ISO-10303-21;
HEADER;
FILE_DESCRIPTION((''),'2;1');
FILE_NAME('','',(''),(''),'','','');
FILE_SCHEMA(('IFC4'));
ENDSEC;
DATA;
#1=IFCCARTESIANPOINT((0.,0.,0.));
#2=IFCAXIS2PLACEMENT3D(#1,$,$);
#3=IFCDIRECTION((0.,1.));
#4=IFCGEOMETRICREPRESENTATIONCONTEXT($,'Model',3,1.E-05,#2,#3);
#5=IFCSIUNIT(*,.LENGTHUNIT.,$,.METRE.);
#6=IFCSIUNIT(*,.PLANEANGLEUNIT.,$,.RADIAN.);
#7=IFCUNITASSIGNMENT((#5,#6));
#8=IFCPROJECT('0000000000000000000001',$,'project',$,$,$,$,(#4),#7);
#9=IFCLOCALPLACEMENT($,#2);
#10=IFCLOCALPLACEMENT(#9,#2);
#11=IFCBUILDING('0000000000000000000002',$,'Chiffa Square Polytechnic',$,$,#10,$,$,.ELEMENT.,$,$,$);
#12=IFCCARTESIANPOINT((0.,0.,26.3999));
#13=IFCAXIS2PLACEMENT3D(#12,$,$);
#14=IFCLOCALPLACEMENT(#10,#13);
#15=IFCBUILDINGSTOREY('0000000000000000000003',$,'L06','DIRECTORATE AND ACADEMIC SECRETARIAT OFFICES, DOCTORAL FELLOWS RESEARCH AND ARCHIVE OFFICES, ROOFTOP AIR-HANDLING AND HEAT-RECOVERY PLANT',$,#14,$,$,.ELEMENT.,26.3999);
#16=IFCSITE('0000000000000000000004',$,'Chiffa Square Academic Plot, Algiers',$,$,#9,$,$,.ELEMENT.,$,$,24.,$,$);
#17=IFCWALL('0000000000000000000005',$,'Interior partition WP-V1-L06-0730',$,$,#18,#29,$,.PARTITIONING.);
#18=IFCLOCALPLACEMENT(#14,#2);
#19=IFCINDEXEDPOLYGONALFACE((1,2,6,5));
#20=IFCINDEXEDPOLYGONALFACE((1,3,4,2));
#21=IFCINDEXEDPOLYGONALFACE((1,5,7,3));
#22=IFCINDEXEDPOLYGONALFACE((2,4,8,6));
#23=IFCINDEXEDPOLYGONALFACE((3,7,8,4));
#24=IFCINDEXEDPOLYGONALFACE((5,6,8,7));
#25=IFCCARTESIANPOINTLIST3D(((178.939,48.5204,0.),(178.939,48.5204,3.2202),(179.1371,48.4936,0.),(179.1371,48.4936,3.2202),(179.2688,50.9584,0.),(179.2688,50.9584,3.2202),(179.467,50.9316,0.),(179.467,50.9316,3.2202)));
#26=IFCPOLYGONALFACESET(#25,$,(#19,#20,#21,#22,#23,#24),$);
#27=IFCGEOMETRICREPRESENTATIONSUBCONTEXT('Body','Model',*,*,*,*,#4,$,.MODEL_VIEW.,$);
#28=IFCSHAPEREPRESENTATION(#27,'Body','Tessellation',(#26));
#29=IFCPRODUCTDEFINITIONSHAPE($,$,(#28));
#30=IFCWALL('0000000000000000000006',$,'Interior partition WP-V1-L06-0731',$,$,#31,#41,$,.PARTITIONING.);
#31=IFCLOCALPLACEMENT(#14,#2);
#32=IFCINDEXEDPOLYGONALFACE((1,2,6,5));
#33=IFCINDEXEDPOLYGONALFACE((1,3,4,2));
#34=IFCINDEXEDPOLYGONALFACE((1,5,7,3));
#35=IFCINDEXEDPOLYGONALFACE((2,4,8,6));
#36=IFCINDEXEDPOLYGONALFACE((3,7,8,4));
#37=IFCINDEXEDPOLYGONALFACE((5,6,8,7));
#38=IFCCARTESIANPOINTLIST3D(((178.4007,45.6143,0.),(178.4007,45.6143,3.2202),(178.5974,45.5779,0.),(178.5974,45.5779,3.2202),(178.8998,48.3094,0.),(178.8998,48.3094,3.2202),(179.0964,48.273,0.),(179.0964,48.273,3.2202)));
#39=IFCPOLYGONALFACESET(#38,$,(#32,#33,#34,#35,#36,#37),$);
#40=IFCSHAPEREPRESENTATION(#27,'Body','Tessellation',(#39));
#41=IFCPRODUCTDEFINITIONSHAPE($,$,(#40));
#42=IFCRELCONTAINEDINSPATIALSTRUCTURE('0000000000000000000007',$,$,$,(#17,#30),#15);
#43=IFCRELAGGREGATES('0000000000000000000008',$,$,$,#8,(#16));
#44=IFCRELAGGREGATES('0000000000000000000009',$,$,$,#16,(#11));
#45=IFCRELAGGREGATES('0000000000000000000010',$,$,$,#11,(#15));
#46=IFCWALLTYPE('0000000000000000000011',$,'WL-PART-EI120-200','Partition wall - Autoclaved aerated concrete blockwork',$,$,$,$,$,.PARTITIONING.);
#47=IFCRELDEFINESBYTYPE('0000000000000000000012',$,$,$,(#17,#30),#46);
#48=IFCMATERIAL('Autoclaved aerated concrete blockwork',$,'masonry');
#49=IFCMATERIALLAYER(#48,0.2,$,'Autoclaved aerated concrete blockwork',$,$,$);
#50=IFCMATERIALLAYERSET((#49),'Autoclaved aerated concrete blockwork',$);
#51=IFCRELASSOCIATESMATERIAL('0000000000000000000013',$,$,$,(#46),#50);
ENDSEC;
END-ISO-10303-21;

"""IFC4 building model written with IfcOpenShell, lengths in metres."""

from ifc_helpers import new_model, si_unit, direction, frame, frame_2d, origin, place, context, subcontext, project, spatial, rectangle, extrude, material, layer, layer_set, type_object, element, save


model = new_model("IFC4")

# Units and contexts
model_context = context("Model", 3, precision=1e-05, world=origin(), true_north=direction((0.0, 1.0)))
body_context = subcontext(model_context, "Body", "Model", "MODEL_VIEW")
ifc_project = project(units=[si_unit("LENGTHUNIT", "METRE"), si_unit("PLANEANGLEUNIT", "RADIAN")], contexts=[model_context])

# Site, building, storey
site_placement = place(None, origin())
site = spatial("IfcSite", under=ifc_project, at=site_placement, Name="Chiffa Square Academic Plot, Algiers", CompositionType="ELEMENT", RefElevation=24.0)
building_placement = place(site_placement, origin())
building = spatial("IfcBuilding", under=site, at=building_placement, Name="Chiffa Square Polytechnic", CompositionType="ELEMENT")
storey_placement = place(building_placement, frame((0.0, 0.0, 26.3999)))
storey = spatial("IfcBuildingStorey", under=building, at=storey_placement, Name="L06", Description="DIRECTORATE AND ACADEMIC SECRETARIAT OFFICES, DOCTORAL FELLOWS RESEARCH AND ARCHIVE OFFICES, ROOFTOP AIR-HANDLING AND HEAT-RECOVERY PLANT", CompositionType="ELEMENT", Elevation=26.3999)

# Walls
ifc_material_1 = material(Name="Autoclaved aerated concrete blockwork", Category="masonry")
ifc_layer_1 = layer(ifc_material_1, 0.2, Name="Autoclaved aerated concrete blockwork")
ifc_layer_set_1 = layer_set([ifc_layer_1], Name="Autoclaved aerated concrete blockwork")
wall_type_1 = type_object("IfcWallType", Name="WL-PART-EI120-200", Description="Partition wall - Autoclaved aerated concrete blockwork", PredefinedType="PARTITIONING", material=ifc_layer_set_1)
wall_1_placement = place(storey_placement, frame((179.0381, 48.5071, 0.0), z_axis=(0.0, 0.0, 1.0), x_axis=(0.134068, 0.990972, 0.0)))
element("IfcWall", 1, at=wall_1_placement, inside=storey, type_object=wall_type_1, Name="Interior partition WP-V1-L06-0730", PredefinedType="PARTITIONING", context=body_context, shape_type="SweptSolid", body=[
    extrude(rectangle(XDim=2.4602, YDim=0.2, at=frame_2d((1.23, 0.0))), origin(), (0.0, 0.0, 1.0), 3.2202),
])
wall_2_placement = place(storey_placement, frame((178.499, 45.5959, 0.0), z_axis=(0.0, 0.0, 1.0), x_axis=(0.182067, 0.983286, 0.0)))
element("IfcWall", 2, at=wall_2_placement, inside=storey, type_object=wall_type_1, Name="Interior partition WP-V1-L06-0731", PredefinedType="PARTITIONING", context=body_context, shape_type="SweptSolid", body=[
    extrude(rectangle(XDim=2.741, YDim=0.2, at=frame_2d((1.3706, 0.0))), origin(), (0.0, 0.0, 1.0), 3.2202),
])

save(model, "model.ifc")
